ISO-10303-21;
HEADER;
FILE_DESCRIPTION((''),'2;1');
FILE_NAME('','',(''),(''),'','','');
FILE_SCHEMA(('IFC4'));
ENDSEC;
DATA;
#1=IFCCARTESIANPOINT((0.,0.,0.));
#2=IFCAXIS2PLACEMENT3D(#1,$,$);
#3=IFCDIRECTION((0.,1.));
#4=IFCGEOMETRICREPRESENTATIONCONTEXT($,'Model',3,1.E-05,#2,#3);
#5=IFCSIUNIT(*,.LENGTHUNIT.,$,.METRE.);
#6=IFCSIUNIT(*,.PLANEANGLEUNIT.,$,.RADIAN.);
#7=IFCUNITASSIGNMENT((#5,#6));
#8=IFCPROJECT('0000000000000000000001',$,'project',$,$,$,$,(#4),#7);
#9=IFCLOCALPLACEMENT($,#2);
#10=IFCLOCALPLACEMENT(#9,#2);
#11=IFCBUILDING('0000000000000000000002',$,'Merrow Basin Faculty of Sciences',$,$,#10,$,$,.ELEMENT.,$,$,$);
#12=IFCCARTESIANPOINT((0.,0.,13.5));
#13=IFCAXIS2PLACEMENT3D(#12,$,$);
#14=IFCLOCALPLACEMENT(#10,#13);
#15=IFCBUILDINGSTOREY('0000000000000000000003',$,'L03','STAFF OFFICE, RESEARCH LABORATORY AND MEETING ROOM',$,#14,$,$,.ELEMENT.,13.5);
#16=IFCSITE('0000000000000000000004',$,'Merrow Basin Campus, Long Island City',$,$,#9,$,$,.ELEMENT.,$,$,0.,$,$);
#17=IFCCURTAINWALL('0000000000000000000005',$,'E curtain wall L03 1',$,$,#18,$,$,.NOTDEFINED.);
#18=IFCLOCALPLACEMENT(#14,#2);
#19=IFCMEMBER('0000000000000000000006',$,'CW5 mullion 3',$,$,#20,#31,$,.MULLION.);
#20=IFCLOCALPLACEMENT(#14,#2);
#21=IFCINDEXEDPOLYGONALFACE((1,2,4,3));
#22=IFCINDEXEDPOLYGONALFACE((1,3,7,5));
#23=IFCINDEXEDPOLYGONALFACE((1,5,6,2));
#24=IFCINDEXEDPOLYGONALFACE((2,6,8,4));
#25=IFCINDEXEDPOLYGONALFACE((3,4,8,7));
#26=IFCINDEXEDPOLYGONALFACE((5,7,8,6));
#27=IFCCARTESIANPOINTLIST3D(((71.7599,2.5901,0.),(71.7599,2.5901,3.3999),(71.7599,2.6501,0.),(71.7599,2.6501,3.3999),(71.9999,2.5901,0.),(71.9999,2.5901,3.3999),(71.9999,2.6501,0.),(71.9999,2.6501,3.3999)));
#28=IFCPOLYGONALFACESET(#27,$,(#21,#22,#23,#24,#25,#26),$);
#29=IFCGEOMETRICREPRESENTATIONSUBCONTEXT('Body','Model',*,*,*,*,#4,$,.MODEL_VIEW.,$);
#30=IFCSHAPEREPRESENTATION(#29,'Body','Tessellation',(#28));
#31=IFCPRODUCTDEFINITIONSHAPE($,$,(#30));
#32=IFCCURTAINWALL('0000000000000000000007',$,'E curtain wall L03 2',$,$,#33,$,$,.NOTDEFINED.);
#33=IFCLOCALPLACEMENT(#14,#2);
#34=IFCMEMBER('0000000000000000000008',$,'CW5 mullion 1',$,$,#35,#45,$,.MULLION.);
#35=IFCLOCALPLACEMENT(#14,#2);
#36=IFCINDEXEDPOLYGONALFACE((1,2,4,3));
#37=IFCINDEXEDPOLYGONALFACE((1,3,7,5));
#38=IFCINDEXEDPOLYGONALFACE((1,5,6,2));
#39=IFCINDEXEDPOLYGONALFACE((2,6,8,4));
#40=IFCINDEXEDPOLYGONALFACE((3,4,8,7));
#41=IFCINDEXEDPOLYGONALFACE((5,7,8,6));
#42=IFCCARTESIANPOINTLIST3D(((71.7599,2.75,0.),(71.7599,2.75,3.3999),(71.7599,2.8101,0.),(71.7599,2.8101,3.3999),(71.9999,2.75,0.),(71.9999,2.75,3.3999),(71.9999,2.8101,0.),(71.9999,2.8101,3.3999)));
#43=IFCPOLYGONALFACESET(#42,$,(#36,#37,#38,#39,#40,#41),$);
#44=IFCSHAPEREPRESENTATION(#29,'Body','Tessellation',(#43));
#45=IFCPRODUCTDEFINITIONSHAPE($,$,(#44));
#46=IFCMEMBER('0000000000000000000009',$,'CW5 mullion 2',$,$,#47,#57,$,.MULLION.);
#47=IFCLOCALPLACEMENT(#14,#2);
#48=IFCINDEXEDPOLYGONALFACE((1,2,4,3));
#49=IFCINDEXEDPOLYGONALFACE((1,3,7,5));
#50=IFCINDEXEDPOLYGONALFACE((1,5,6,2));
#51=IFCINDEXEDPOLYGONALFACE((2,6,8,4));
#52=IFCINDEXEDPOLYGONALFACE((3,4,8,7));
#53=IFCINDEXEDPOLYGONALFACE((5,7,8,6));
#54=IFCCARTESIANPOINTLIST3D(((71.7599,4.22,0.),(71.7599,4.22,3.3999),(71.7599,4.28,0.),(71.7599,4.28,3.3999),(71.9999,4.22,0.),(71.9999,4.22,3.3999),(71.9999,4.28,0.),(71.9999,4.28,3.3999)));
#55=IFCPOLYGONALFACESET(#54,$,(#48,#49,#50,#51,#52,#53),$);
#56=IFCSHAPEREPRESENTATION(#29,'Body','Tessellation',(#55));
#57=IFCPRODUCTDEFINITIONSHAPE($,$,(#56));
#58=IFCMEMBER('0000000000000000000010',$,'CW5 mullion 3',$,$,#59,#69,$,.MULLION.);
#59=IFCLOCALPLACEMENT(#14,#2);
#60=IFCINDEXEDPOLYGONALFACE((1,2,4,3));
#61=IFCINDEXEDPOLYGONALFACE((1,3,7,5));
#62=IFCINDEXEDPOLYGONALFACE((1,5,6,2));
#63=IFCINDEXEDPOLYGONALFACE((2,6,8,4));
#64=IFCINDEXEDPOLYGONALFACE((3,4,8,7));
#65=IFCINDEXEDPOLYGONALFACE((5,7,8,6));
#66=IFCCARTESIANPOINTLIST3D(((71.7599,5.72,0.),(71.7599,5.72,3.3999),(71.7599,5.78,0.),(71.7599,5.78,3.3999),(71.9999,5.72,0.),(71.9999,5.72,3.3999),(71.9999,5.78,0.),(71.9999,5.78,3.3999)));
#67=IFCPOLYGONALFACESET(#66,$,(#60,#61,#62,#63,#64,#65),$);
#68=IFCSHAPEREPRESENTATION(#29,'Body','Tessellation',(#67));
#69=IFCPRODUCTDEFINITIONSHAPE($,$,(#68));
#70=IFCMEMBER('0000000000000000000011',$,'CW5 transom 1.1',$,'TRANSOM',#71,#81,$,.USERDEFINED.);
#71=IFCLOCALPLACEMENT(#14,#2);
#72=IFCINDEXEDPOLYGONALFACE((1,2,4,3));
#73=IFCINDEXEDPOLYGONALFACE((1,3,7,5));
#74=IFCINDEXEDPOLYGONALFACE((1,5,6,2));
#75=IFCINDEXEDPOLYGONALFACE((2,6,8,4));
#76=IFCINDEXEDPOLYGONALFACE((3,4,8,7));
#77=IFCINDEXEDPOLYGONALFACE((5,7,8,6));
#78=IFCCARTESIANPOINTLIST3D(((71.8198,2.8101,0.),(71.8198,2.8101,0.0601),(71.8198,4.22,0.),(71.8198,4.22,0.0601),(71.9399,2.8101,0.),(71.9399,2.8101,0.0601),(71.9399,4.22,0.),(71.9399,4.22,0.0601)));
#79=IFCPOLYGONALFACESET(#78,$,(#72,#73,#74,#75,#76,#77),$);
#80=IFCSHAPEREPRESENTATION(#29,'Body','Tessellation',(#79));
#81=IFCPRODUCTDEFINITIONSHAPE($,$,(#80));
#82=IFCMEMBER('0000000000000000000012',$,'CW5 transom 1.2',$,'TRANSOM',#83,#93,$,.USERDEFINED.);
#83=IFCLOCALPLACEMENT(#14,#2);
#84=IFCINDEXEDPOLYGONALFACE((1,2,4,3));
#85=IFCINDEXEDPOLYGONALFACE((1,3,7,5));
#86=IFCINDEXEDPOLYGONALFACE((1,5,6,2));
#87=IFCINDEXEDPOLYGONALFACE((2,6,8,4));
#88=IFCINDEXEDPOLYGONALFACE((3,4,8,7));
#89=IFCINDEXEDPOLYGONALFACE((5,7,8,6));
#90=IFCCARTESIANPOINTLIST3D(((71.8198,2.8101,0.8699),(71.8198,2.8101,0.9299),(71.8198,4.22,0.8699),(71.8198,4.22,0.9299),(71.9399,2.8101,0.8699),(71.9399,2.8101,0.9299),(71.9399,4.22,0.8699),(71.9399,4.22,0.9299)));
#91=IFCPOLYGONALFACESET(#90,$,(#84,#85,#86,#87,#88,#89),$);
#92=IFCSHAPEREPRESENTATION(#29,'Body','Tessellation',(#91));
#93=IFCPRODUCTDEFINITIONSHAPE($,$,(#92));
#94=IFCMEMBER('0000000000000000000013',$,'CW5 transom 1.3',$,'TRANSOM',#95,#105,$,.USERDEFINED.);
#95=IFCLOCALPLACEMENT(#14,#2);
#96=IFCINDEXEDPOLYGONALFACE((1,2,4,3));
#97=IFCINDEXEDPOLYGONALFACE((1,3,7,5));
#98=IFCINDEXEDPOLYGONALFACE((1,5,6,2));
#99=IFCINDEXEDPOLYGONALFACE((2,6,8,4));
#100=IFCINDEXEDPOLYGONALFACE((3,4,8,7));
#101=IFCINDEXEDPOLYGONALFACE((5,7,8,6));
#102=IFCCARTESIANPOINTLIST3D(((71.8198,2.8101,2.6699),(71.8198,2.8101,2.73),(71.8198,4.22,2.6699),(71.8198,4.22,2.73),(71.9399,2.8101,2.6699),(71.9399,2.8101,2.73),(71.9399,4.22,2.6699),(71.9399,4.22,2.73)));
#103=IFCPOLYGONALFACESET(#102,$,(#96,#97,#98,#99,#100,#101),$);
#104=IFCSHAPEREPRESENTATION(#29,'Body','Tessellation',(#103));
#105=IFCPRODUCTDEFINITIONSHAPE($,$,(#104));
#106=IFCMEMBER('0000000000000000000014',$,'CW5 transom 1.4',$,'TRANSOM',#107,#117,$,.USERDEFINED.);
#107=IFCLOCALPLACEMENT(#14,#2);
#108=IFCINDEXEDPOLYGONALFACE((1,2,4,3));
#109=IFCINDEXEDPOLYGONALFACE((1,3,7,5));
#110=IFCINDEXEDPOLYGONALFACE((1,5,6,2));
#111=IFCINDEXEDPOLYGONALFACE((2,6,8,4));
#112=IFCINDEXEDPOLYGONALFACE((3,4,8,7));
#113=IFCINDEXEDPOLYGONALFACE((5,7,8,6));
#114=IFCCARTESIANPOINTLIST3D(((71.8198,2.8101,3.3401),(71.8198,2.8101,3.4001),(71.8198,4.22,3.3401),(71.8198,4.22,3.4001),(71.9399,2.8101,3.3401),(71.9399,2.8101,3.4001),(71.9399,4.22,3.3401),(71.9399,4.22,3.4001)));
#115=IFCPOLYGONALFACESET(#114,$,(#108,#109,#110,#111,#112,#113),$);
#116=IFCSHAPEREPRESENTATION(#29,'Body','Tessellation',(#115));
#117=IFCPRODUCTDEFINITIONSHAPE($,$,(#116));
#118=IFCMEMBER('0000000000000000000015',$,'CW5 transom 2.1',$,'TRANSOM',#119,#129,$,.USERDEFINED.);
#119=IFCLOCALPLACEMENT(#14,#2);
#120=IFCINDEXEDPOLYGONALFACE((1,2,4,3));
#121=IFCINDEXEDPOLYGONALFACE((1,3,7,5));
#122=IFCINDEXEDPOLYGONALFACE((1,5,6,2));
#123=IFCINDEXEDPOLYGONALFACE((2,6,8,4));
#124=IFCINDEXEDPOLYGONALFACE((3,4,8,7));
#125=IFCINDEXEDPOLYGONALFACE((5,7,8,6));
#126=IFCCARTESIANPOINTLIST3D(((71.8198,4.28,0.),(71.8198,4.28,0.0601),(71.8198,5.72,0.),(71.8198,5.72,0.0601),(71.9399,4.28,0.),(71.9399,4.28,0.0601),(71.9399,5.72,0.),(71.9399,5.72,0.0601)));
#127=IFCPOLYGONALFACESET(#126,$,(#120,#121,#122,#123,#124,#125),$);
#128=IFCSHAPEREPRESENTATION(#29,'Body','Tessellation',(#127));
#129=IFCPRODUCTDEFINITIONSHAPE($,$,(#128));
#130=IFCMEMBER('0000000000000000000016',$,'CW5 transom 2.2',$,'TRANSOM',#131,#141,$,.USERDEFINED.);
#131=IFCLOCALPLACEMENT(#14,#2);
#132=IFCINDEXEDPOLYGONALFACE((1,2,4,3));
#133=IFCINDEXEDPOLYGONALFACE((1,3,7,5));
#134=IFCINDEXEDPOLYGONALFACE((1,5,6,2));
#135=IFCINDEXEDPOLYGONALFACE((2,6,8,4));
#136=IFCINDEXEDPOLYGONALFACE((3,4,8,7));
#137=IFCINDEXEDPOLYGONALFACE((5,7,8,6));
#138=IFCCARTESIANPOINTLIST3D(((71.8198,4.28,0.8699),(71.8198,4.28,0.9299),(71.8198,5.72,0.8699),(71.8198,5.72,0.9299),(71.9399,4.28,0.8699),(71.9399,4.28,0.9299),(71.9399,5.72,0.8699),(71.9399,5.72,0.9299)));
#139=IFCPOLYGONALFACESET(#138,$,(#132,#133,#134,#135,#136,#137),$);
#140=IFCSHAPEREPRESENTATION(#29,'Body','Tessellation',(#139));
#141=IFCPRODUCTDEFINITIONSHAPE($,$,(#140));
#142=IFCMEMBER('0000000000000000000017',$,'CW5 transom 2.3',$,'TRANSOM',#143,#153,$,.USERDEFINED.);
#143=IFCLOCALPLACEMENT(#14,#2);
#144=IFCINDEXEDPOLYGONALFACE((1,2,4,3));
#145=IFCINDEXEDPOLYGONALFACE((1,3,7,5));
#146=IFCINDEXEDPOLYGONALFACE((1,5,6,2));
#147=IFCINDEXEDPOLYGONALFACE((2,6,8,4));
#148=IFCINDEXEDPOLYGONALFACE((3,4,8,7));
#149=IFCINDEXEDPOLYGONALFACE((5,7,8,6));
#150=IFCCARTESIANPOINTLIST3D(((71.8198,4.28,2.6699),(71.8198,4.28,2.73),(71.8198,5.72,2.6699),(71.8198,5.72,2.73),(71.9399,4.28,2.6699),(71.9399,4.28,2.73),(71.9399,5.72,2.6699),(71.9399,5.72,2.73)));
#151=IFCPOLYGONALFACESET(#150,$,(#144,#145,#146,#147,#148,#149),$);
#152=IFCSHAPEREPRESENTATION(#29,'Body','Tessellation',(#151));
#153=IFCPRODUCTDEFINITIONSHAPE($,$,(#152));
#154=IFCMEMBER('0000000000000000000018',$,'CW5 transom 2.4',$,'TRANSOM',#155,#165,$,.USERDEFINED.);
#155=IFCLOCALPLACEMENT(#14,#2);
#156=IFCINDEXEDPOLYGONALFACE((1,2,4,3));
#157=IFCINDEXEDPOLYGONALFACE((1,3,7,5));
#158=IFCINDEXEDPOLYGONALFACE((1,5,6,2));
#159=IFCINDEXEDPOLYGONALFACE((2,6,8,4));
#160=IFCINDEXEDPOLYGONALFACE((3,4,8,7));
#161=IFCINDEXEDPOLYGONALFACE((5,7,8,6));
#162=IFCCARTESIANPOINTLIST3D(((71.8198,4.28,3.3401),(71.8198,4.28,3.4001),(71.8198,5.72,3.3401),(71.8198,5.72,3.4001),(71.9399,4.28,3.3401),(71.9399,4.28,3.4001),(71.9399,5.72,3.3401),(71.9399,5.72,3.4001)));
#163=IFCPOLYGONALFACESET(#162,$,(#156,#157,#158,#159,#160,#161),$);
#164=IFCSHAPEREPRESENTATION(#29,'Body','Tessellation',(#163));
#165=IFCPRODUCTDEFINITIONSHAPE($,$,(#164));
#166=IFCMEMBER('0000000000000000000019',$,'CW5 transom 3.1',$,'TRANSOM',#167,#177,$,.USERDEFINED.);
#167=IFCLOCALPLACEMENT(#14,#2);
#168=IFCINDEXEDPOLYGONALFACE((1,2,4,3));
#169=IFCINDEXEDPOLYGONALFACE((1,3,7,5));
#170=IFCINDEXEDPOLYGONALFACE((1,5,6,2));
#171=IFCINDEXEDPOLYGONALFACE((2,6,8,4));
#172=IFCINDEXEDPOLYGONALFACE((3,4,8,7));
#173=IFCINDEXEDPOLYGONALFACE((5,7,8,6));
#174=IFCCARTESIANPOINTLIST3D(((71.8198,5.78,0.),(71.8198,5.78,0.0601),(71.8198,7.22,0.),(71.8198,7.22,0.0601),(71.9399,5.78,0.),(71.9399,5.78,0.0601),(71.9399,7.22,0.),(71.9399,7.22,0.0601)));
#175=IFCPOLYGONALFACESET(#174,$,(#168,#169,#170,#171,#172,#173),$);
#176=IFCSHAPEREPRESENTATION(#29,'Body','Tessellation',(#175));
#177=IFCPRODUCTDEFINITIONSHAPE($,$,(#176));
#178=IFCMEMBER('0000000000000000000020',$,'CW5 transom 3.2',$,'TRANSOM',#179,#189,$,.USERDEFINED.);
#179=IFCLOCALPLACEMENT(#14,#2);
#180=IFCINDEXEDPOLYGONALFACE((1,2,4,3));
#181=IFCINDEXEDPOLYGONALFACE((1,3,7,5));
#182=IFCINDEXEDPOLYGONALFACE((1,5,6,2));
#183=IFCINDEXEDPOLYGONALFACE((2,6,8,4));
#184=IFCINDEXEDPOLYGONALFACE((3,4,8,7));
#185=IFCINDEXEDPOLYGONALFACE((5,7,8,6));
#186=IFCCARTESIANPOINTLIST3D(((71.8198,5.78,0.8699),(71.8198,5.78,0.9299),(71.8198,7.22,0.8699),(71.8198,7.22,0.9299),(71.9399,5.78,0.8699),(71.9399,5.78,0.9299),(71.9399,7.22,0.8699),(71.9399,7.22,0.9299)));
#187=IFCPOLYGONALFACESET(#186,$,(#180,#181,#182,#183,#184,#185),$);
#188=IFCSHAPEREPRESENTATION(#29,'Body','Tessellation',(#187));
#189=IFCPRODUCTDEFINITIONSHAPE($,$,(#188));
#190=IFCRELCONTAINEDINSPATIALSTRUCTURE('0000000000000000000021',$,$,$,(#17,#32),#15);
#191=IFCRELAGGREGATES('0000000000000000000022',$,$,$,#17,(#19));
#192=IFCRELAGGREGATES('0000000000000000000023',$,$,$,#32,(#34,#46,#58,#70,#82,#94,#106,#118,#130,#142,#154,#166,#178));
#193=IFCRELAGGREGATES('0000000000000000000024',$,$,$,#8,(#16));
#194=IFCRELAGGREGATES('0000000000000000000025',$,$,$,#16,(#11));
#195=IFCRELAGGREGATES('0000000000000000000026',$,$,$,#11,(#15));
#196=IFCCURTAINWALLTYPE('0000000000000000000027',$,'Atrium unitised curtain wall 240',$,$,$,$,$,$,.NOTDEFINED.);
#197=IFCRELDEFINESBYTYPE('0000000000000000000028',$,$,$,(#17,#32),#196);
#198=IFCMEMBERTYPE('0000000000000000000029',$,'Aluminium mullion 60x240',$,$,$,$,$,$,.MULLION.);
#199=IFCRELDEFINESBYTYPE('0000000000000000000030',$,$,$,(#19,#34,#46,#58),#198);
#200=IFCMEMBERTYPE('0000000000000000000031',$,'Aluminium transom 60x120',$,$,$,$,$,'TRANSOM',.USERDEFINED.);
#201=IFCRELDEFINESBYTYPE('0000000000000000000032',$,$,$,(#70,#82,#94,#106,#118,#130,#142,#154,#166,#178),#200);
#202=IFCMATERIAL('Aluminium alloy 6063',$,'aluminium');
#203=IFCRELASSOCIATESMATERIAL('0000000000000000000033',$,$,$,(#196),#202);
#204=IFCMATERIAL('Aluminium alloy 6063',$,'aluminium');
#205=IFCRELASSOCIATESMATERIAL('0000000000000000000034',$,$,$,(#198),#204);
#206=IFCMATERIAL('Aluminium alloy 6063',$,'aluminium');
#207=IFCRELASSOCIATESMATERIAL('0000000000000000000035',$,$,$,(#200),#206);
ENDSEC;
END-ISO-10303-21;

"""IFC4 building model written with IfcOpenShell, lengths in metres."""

from ifc_helpers import new_model, si_unit, direction, frame, origin, origin_2d, place, context, subcontext, project, spatial, rectangle, extrude, material, material_profile, profile_set, type_object, element, aggregate, save


model = new_model("IFC4")

# Units and contexts
model_context = context("Model", 3, precision=1e-05, world=origin(), true_north=direction((0.0, 1.0)))
body_context = subcontext(model_context, "Body", "Model", "MODEL_VIEW")
ifc_project = project(units=[si_unit("LENGTHUNIT", "METRE"), si_unit("PLANEANGLEUNIT", "RADIAN")], contexts=[model_context])

# Site, building, storey
site_placement = place(None, origin())
site = spatial("IfcSite", under=ifc_project, at=site_placement, Name="Merrow Basin Campus, Long Island City", CompositionType="ELEMENT", RefElevation=0.0)
building_placement = place(site_placement, origin())
building = spatial("IfcBuilding", under=site, at=building_placement, Name="Merrow Basin Faculty of Sciences", CompositionType="ELEMENT")
storey_placement = place(building_placement, frame((0.0, 0.0, 13.5)))
storey = spatial("IfcBuildingStorey", under=building, at=storey_placement, Name="L03", Description="STAFF OFFICE, RESEARCH LABORATORY AND MEETING ROOM", CompositionType="ELEMENT", Elevation=13.5)

# Curtain wall, member
ifc_material_1 = material(Name="Aluminium alloy 6063", Category="aluminium")
curtain_wall_type = type_object("IfcCurtainWallType", Name="Atrium unitised curtain wall 240", PredefinedType="NOTDEFINED", material=ifc_material_1)
curtain_wall_1_placement = place(storey_placement, origin())
curtain_wall_1 = element("IfcCurtainWall", 1, at=curtain_wall_1_placement, inside=storey, type_object=curtain_wall_type, Name="E curtain wall L03 1", PredefinedType="NOTDEFINED")
ifc_material_2 = material(Name="Aluminium alloy 6063", Category="aluminium")
ifc_material_profile_1 = material_profile(ifc_material_2, rectangle(XDim=0.24, YDim=0.0601, at=origin_2d()))
ifc_profile_set_1 = profile_set([ifc_material_profile_1], Name="Aluminium alloy 6063")
member_type_1 = type_object("IfcMemberType", Name="Aluminium mullion 60x240", PredefinedType="MULLION", material=ifc_profile_set_1)
member_1_placement = place(storey_placement, frame((71.8799, 2.6201, 0.0), z_axis=(0.0, 0.0, 1.0), x_axis=(-1.0, 0.0, 0.0)))
member_1 = element("IfcMember", 2, at=member_1_placement, type_object=member_type_1, Name="CW5 mullion 3", PredefinedType="MULLION", context=body_context, shape_type="SweptSolid", body=[
    extrude(rectangle(XDim=0.24, YDim=0.0601, at=origin_2d()), origin(), (0.0, 0.0, 1.0), 3.3999),
])
aggregate(curtain_wall_1, [member_1])

# Curtain wall, members
curtain_wall_2_placement = place(storey_placement, origin())
curtain_wall_2 = element("IfcCurtainWall", 3, at=curtain_wall_2_placement, inside=storey, type_object=curtain_wall_type, Name="E curtain wall L03 2", PredefinedType="NOTDEFINED")
member_2_placement = place(storey_placement, frame((71.8799, 2.78, 0.0), z_axis=(0.0, 0.0, 1.0), x_axis=(-1.0, 0.0, 0.0)))
member_2 = element("IfcMember", 4, at=member_2_placement, type_object=member_type_1, Name="CW5 mullion 1", PredefinedType="MULLION", context=body_context, shape_type="SweptSolid", body=[
    extrude(rectangle(XDim=0.24, YDim=0.0601, at=origin_2d()), origin(), (0.0, 0.0, 1.0), 3.3999),
])
member_3_placement = place(storey_placement, frame((71.8799, 4.25, 0.0), z_axis=(0.0, 0.0, 1.0), x_axis=(-1.0, 0.0, 0.0)))
member_3 = element("IfcMember", 5, at=member_3_placement, type_object=member_type_1, Name="CW5 mullion 2", PredefinedType="MULLION", context=body_context, shape_type="SweptSolid", body=[
    extrude(rectangle(XDim=0.24, YDim=0.0601, at=origin_2d()), origin(), (0.0, 0.0, 1.0), 3.3999),
])
member_4_placement = place(storey_placement, frame((71.8799, 5.75, 0.0), z_axis=(0.0, 0.0, 1.0), x_axis=(-1.0, 0.0, 0.0)))
member_4 = element("IfcMember", 6, at=member_4_placement, type_object=member_type_1, Name="CW5 mullion 3", PredefinedType="MULLION", context=body_context, shape_type="SweptSolid", body=[
    extrude(rectangle(XDim=0.24, YDim=0.0601, at=origin_2d()), origin(), (0.0, 0.0, 1.0), 3.3999),
])
ifc_material_3 = material(Name="Aluminium alloy 6063", Category="aluminium")
ifc_material_profile_2 = material_profile(ifc_material_3, rectangle(XDim=0.1201, YDim=0.0601, at=origin_2d()))
ifc_profile_set_2 = profile_set([ifc_material_profile_2], Name="Aluminium alloy 6063")
member_type_2 = type_object("IfcMemberType", Name="Aluminium transom 60x120", ElementType="TRANSOM", PredefinedType="USERDEFINED", material=ifc_profile_set_2)
member_5_placement = place(storey_placement, frame((71.8799, 2.8101, 0.03), z_axis=(0.0, 1.0, 0.0), x_axis=(-1.0, 0.0, 0.0)))
member_5 = element("IfcMember", 7, at=member_5_placement, type_object=member_type_2, Name="CW5 transom 1.1", ObjectType="TRANSOM", PredefinedType="USERDEFINED", context=body_context, shape_type="SweptSolid", body=[
    extrude(rectangle(XDim=0.1201, YDim=0.0601, at=origin_2d()), origin(), (0.0, 0.0, 1.0), 1.4099),
])
member_6_placement = place(storey_placement, frame((71.8799, 2.8101, 0.8999), z_axis=(0.0, 1.0, 0.0), x_axis=(-1.0, 0.0, 0.0)))
member_6 = element("IfcMember", 8, at=member_6_placement, type_object=member_type_2, Name="CW5 transom 1.2", ObjectType="TRANSOM", PredefinedType="USERDEFINED", context=body_context, shape_type="SweptSolid", body=[
    extrude(rectangle(XDim=0.1201, YDim=0.0601, at=origin_2d()), origin(), (0.0, 0.0, 1.0), 1.4099),
])
member_7_placement = place(storey_placement, frame((71.8799, 2.8101, 2.7), z_axis=(0.0, 1.0, 0.0), x_axis=(-1.0, 0.0, 0.0)))
member_7 = element("IfcMember", 9, at=member_7_placement, type_object=member_type_2, Name="CW5 transom 1.3", ObjectType="TRANSOM", PredefinedType="USERDEFINED", context=body_context, shape_type="SweptSolid", body=[
    extrude(rectangle(XDim=0.1201, YDim=0.0601, at=origin_2d()), origin(), (0.0, 0.0, 1.0), 1.4099),
])
member_8_placement = place(storey_placement, frame((71.8799, 2.8101, 3.3701), z_axis=(0.0, 1.0, 0.0), x_axis=(-1.0, 0.0, 0.0)))
member_8 = element("IfcMember", 10, at=member_8_placement, type_object=member_type_2, Name="CW5 transom 1.4", ObjectType="TRANSOM", PredefinedType="USERDEFINED", context=body_context, shape_type="SweptSolid", body=[
    extrude(rectangle(XDim=0.1201, YDim=0.0601, at=origin_2d()), origin(), (0.0, 0.0, 1.0), 1.4099),
])
member_9_placement = place(storey_placement, frame((71.8799, 4.28, 0.03), z_axis=(0.0, 1.0, 0.0), x_axis=(-1.0, 0.0, 0.0)))
member_9 = element("IfcMember", 11, at=member_9_placement, type_object=member_type_2, Name="CW5 transom 2.1", ObjectType="TRANSOM", PredefinedType="USERDEFINED", context=body_context, shape_type="SweptSolid", body=[
    extrude(rectangle(XDim=0.1201, YDim=0.0601, at=origin_2d()), origin(), (0.0, 0.0, 1.0), 1.4399),
])
member_10_placement = place(storey_placement, frame((71.8799, 4.28, 0.8999), z_axis=(0.0, 1.0, 0.0), x_axis=(-1.0, 0.0, 0.0)))
member_10 = element("IfcMember", 12, at=member_10_placement, type_object=member_type_2, Name="CW5 transom 2.2", ObjectType="TRANSOM", PredefinedType="USERDEFINED", context=body_context, shape_type="SweptSolid", body=[
    extrude(rectangle(XDim=0.1201, YDim=0.0601, at=origin_2d()), origin(), (0.0, 0.0, 1.0), 1.4399),
])
member_11_placement = place(storey_placement, frame((71.8799, 4.28, 2.7), z_axis=(0.0, 1.0, 0.0), x_axis=(-1.0, 0.0, 0.0)))
member_11 = element("IfcMember", 13, at=member_11_placement, type_object=member_type_2, Name="CW5 transom 2.3", ObjectType="TRANSOM", PredefinedType="USERDEFINED", context=body_context, shape_type="SweptSolid", body=[
    extrude(rectangle(XDim=0.1201, YDim=0.0601, at=origin_2d()), origin(), (0.0, 0.0, 1.0), 1.4399),
])
member_12_placement = place(storey_placement, frame((71.8799, 4.28, 3.3701), z_axis=(0.0, 1.0, 0.0), x_axis=(-1.0, 0.0, 0.0)))
member_12 = element("IfcMember", 14, at=member_12_placement, type_object=member_type_2, Name="CW5 transom 2.4", ObjectType="TRANSOM", PredefinedType="USERDEFINED", context=body_context, shape_type="SweptSolid", body=[
    extrude(rectangle(XDim=0.1201, YDim=0.0601, at=origin_2d()), origin(), (0.0, 0.0, 1.0), 1.4399),
])
member_13_placement = place(storey_placement, frame((71.8799, 5.78, 0.03), z_axis=(0.0, 1.0, 0.0), x_axis=(-1.0, 0.0, 0.0)))
member_13 = element("IfcMember", 15, at=member_13_placement, type_object=member_type_2, Name="CW5 transom 3.1", ObjectType="TRANSOM", PredefinedType="USERDEFINED", context=body_context, shape_type="SweptSolid", body=[
    extrude(rectangle(XDim=0.1201, YDim=0.0601, at=origin_2d()), origin(), (0.0, 0.0, 1.0), 1.4399),
])
member_14_placement = place(storey_placement, frame((71.8799, 5.78, 0.8999), z_axis=(0.0, 1.0, 0.0), x_axis=(-1.0, 0.0, 0.0)))
member_14 = element("IfcMember", 16, at=member_14_placement, type_object=member_type_2, Name="CW5 transom 3.2", ObjectType="TRANSOM", PredefinedType="USERDEFINED", context=body_context, shape_type="SweptSolid", body=[
    extrude(rectangle(XDim=0.1201, YDim=0.0601, at=origin_2d()), origin(), (0.0, 0.0, 1.0), 1.4399),
])
aggregate(curtain_wall_2, [member_2, member_3, member_4, member_5, member_6, member_7, member_8, member_9, member_10, member_11, member_12, member_13, member_14])

save(model, "model.ifc")
